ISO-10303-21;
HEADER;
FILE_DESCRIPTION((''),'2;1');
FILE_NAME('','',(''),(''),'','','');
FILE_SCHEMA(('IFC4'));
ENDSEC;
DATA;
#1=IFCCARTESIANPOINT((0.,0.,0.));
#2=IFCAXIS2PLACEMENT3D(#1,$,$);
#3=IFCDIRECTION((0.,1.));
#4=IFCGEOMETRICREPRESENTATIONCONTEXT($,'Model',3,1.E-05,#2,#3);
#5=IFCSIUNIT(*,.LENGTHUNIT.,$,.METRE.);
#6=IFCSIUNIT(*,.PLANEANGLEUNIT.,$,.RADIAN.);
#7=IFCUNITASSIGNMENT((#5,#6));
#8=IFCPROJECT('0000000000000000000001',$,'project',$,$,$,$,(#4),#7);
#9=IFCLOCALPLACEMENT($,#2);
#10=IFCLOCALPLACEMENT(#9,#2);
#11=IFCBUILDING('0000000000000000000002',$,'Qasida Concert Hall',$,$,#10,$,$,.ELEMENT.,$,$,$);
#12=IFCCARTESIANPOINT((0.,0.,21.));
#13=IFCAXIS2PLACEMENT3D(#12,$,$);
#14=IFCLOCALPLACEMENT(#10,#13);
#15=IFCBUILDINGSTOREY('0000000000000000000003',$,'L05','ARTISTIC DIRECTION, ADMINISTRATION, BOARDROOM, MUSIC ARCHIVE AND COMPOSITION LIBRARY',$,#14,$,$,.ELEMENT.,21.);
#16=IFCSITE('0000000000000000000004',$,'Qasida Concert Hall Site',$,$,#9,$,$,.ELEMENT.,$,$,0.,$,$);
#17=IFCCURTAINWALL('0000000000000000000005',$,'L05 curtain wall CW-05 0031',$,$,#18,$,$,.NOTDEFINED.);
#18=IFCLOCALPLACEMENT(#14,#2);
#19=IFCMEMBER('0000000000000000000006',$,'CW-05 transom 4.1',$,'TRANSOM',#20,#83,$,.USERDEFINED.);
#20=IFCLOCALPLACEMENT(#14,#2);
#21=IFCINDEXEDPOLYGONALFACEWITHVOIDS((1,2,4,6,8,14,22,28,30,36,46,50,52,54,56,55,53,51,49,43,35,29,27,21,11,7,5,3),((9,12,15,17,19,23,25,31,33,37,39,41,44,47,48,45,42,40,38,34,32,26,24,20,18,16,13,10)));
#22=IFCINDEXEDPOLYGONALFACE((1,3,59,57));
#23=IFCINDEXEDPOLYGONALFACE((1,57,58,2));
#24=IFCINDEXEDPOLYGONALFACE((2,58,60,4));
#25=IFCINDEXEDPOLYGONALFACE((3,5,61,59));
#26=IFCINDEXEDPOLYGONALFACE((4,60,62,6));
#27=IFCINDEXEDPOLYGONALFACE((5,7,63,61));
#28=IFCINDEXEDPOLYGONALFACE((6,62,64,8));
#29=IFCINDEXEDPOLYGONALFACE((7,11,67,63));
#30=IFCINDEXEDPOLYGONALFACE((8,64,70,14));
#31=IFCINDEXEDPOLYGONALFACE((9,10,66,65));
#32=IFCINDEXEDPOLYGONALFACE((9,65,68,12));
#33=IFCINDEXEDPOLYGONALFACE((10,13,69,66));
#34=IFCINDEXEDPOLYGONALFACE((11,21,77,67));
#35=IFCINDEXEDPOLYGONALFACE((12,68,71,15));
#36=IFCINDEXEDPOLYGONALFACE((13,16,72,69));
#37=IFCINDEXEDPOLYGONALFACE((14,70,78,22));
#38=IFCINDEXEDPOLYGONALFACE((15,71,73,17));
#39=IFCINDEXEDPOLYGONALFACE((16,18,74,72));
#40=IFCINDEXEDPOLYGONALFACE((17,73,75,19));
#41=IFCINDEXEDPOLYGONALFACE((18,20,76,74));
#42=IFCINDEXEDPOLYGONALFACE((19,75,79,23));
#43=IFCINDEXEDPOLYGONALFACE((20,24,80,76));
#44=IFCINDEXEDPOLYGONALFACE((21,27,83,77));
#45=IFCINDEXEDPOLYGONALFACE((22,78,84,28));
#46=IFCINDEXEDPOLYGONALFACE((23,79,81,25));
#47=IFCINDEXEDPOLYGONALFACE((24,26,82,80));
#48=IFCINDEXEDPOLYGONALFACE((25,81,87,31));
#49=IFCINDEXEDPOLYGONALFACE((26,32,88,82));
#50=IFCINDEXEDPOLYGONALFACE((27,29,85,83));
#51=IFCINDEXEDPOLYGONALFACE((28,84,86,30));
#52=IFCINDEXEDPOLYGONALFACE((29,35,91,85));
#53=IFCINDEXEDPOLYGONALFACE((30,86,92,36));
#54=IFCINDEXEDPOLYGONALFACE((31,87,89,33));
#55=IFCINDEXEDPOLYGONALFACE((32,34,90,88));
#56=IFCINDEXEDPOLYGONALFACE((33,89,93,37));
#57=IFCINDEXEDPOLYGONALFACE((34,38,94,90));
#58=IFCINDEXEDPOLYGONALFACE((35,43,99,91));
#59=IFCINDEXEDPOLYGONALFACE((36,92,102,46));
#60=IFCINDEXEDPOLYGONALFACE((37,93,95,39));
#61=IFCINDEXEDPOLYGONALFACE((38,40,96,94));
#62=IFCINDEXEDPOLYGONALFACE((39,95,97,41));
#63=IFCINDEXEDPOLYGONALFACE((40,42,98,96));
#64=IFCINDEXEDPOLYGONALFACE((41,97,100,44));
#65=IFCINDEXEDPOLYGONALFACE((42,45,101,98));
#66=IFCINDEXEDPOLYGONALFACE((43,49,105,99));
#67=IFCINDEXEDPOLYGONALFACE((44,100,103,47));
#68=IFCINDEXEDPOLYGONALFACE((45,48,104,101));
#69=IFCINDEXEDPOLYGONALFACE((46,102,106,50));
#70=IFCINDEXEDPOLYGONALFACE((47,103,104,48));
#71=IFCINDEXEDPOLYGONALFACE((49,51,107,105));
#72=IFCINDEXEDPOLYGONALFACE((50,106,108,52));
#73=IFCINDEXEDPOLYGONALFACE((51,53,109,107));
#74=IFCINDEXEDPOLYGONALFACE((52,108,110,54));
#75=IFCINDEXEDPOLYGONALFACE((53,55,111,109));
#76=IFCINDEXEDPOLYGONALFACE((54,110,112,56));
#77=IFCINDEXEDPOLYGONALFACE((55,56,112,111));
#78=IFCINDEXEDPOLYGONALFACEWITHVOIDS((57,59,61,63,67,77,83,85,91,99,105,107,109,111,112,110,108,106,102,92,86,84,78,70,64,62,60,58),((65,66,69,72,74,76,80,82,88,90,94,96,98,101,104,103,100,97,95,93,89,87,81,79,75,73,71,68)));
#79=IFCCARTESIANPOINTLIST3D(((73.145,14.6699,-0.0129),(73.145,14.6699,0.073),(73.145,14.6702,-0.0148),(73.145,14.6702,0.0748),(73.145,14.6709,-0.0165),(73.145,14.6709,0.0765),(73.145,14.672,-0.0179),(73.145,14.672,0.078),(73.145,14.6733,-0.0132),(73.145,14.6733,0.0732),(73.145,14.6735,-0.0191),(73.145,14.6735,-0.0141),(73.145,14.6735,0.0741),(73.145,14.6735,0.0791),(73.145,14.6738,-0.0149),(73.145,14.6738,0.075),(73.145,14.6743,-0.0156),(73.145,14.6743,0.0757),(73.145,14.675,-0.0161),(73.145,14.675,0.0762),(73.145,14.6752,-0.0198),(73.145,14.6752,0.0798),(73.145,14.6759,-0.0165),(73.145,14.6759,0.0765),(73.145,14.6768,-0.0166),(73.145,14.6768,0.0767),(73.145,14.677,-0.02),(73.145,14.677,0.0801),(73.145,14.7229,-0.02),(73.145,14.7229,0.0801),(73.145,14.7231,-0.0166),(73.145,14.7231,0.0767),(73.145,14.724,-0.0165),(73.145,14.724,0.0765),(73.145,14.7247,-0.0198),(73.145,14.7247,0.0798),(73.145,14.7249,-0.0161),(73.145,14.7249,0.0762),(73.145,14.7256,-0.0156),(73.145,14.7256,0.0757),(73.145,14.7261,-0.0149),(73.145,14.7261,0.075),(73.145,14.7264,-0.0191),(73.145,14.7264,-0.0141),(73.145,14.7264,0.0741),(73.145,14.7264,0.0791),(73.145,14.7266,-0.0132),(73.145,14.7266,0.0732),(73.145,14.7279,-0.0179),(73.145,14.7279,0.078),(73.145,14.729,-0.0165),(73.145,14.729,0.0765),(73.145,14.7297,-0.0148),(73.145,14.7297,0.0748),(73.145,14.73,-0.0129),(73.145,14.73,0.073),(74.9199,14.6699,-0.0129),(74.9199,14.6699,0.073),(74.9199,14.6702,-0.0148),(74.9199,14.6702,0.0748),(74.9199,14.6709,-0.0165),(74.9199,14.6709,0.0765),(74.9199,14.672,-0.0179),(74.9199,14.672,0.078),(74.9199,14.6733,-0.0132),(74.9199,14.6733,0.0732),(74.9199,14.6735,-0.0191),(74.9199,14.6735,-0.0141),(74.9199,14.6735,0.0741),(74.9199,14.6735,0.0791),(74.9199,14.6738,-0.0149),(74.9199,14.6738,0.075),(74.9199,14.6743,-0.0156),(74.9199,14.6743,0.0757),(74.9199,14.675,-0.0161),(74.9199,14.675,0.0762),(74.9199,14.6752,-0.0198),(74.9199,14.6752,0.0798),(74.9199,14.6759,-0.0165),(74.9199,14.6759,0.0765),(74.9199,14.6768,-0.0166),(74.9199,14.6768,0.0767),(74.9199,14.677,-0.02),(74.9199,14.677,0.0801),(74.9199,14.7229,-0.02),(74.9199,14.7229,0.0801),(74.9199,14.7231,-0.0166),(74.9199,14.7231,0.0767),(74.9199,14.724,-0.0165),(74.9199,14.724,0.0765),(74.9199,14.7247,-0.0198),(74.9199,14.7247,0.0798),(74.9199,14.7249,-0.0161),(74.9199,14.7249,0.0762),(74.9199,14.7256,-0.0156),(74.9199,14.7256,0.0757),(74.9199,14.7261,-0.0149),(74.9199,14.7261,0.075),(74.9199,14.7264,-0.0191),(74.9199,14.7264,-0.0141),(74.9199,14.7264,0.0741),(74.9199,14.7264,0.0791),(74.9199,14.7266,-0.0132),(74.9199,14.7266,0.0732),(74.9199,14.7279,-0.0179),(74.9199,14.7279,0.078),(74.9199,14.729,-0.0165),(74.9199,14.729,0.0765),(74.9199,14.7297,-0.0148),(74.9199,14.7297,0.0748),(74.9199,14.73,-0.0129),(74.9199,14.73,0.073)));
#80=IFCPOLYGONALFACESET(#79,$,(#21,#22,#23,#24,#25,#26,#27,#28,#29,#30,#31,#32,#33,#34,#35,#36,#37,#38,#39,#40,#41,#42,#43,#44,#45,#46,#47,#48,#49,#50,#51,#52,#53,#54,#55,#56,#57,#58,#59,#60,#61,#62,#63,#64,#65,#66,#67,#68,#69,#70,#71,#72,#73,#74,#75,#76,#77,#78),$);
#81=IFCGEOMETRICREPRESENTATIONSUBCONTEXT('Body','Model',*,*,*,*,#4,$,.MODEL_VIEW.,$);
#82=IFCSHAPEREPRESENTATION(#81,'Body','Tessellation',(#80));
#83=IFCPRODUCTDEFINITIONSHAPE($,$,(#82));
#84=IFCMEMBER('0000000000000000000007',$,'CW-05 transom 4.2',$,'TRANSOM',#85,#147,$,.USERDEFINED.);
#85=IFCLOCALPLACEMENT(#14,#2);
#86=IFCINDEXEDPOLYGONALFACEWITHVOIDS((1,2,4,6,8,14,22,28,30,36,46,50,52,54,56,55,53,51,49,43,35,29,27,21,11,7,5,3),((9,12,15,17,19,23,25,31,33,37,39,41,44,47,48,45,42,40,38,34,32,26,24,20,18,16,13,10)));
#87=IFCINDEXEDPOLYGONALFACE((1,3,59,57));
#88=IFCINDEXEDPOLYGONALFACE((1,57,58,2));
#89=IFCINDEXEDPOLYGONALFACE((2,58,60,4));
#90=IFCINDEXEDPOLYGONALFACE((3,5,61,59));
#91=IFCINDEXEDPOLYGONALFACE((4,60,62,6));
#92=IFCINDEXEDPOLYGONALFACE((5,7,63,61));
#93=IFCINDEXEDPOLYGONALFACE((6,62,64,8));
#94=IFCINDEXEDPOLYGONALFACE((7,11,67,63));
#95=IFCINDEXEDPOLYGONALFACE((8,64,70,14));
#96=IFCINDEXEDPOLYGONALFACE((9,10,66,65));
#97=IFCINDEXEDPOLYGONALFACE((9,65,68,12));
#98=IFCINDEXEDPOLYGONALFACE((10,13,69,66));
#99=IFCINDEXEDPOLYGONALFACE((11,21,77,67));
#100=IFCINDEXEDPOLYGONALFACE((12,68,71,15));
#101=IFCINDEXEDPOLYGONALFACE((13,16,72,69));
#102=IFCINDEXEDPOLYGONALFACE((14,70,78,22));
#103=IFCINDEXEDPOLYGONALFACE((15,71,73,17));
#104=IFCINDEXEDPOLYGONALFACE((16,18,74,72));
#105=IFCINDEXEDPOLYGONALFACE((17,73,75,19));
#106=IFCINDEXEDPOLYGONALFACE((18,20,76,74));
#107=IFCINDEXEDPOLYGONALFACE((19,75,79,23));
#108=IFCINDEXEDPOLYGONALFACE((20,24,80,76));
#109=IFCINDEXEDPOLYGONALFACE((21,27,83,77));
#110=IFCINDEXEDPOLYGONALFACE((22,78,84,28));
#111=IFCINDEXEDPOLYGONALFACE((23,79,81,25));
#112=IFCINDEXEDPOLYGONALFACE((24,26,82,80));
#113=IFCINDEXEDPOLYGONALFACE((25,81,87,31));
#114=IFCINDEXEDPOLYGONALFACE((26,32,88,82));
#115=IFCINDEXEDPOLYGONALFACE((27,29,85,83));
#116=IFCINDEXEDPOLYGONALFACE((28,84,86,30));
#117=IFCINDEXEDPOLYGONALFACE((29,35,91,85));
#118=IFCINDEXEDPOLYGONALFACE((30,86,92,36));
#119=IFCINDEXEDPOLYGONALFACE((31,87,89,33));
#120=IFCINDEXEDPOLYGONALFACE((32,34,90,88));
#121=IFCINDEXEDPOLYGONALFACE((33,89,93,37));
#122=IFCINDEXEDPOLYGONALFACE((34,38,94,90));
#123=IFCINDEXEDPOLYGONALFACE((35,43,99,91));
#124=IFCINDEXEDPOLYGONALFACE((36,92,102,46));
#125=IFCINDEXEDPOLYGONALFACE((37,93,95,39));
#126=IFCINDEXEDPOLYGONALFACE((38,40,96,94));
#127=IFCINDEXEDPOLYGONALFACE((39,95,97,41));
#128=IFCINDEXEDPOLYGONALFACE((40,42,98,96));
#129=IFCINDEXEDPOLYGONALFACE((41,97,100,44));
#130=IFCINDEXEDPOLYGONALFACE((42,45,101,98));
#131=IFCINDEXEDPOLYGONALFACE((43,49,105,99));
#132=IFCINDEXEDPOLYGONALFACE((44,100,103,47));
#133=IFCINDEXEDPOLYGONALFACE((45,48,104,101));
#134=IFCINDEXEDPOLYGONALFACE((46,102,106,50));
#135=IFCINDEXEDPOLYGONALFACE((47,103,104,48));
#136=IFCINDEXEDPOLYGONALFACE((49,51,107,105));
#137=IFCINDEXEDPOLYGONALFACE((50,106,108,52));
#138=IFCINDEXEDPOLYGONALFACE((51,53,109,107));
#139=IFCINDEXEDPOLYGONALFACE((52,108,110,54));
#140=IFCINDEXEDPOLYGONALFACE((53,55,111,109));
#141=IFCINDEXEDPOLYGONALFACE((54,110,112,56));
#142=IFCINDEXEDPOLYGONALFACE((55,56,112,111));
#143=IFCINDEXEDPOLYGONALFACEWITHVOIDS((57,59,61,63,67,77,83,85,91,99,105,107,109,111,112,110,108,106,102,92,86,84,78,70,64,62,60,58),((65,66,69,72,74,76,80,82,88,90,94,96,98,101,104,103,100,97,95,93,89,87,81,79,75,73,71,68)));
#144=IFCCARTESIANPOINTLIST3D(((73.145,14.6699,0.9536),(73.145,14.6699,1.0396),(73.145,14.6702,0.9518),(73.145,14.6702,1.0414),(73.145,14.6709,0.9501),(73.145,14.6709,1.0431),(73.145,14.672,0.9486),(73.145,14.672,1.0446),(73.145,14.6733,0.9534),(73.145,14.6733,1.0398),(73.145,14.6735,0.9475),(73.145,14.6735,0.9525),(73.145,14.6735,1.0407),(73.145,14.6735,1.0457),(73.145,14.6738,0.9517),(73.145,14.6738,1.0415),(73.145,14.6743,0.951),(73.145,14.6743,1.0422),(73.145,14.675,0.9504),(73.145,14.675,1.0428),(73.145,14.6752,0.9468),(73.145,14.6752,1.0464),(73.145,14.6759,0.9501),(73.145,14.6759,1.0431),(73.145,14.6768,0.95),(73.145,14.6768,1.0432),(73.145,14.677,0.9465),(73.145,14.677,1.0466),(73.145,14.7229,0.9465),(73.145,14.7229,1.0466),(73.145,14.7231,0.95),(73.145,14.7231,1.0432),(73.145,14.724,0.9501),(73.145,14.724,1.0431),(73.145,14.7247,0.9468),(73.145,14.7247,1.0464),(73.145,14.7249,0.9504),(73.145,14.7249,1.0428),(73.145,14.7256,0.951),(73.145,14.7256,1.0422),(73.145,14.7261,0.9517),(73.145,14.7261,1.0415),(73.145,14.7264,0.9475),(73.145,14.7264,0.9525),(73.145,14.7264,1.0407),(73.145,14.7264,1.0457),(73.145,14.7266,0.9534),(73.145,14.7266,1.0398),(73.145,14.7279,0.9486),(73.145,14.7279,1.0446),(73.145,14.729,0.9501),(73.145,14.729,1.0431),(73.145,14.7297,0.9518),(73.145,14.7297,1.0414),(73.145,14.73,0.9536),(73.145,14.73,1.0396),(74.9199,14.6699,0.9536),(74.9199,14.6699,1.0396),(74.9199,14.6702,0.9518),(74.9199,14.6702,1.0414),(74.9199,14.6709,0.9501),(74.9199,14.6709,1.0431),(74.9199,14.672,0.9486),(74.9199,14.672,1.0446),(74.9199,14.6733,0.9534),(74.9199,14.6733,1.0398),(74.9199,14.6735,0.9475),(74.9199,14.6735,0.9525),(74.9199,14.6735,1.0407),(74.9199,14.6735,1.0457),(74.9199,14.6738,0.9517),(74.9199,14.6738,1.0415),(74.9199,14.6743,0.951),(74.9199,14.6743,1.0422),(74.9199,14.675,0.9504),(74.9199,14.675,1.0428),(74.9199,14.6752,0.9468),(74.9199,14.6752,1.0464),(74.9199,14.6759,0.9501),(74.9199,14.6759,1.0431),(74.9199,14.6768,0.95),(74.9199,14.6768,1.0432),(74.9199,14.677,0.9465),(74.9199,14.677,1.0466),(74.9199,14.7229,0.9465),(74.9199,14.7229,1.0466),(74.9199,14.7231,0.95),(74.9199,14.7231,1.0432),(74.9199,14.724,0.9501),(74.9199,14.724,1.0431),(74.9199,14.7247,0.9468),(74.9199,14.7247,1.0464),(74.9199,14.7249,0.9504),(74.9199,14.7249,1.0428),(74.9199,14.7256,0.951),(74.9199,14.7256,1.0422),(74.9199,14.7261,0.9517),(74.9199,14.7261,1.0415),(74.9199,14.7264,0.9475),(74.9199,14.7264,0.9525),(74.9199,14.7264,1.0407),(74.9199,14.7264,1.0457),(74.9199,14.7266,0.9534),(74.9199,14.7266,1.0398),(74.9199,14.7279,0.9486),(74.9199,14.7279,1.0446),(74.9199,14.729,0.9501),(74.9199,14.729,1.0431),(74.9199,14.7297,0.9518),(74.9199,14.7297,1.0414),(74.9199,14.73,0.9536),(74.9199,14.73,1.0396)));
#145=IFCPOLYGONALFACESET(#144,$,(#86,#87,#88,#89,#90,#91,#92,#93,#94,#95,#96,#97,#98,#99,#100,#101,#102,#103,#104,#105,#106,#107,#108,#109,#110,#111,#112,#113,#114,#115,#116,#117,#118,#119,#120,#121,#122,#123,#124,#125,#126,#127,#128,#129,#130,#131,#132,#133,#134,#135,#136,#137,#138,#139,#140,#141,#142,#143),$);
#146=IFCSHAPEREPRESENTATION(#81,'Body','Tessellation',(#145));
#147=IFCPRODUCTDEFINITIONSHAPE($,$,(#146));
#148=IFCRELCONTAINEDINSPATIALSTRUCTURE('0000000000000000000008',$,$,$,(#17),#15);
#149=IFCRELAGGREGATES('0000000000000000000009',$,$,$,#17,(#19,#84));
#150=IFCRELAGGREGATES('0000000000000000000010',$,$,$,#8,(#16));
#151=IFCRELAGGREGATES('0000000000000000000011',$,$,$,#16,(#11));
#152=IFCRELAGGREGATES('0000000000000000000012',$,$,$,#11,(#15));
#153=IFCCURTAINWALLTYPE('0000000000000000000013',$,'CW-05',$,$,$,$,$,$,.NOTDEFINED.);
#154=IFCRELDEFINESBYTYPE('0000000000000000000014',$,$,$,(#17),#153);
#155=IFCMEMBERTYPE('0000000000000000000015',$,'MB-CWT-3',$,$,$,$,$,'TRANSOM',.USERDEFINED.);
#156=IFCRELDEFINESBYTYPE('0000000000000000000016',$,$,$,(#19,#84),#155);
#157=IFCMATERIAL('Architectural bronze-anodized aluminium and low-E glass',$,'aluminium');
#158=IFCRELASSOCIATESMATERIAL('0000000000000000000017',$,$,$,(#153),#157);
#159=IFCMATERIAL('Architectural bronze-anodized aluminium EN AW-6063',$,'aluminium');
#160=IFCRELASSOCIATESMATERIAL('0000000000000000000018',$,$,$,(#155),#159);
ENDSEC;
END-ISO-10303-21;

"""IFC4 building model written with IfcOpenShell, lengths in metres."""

from ifc_helpers import new_model, si_unit, direction, frame, origin, origin_2d, place, context, subcontext, project, spatial, hollow_rectangle, extrude, material, material_profile, profile_set, type_object, element, aggregate, save


model = new_model("IFC4")

# Units and contexts
model_context = context("Model", 3, precision=1e-05, world=origin(), true_north=direction((0.0, 1.0)))
body_context = subcontext(model_context, "Body", "Model", "MODEL_VIEW")
ifc_project = project(units=[si_unit("LENGTHUNIT", "METRE"), si_unit("PLANEANGLEUNIT", "RADIAN")], contexts=[model_context])

# Site, building, storey
site_placement = place(None, origin())
site = spatial("IfcSite", under=ifc_project, at=site_placement, Name="Qasida Concert Hall Site", CompositionType="ELEMENT", RefElevation=0.0)
building_placement = place(site_placement, origin())
building = spatial("IfcBuilding", under=site, at=building_placement, Name="Qasida Concert Hall", CompositionType="ELEMENT")
storey_placement = place(building_placement, frame((0.0, 0.0, 21.0)))
storey = spatial("IfcBuildingStorey", under=building, at=storey_placement, Name="L05", Description="ARTISTIC DIRECTION, ADMINISTRATION, BOARDROOM, MUSIC ARCHIVE AND COMPOSITION LIBRARY", CompositionType="ELEMENT", Elevation=21.0)

# Curtain wall
ifc_material_1 = material(Name="Architectural bronze-anodized aluminium and low-E glass", Category="aluminium")
curtain_wall_type = type_object("IfcCurtainWallType", Name="CW-05", PredefinedType="NOTDEFINED", material=ifc_material_1)
curtain_wall_1_placement = place(storey_placement, origin())
curtain_wall_1 = element("IfcCurtainWall", 1, at=curtain_wall_1_placement, inside=storey, type_object=curtain_wall_type, Name="L05 curtain wall CW-05 0031", PredefinedType="NOTDEFINED")
ifc_material_2 = material(Name="Architectural bronze-anodized aluminium EN AW-6063", Category="aluminium")

# Members
ifc_material_profile_1 = material_profile(ifc_material_2, hollow_rectangle(XDim=0.0601, YDim=0.1001, WallThickness=0.0034, InnerFilletRadius=0.0034, OuterFilletRadius=0.0071, at=origin_2d()), Name="CWT 100x60x3.5")
ifc_profile_set_1 = profile_set([ifc_material_profile_1], Name="Architectural bronze-anodized aluminium EN AW-6063")
member_type_1 = type_object("IfcMemberType", Name="MB-CWT-3", ElementType="TRANSOM", PredefinedType="USERDEFINED", material=ifc_profile_set_1)
member_1_placement = place(storey_placement, frame((73.145, 14.7, 0.03), z_axis=(1.0, 0.0, 0.0), x_axis=(0.0, 1.0, 0.0)))
member_1 = element("IfcMember", 2, at=member_1_placement, type_object=member_type_1, Name="CW-05 transom 4.1", ObjectType="TRANSOM", PredefinedType="USERDEFINED", context=body_context, shape_type="SweptSolid", body=[
    extrude(hollow_rectangle(XDim=0.0601, YDim=0.1001, WallThickness=0.0034, InnerFilletRadius=0.0034, OuterFilletRadius=0.0071, at=origin_2d()), origin(), (0.0, 0.0, 1.0), 1.7749),
])
member_2_placement = place(storey_placement, frame((73.145, 14.7, 0.9966), z_axis=(1.0, 0.0, 0.0), x_axis=(0.0, 1.0, 0.0)))
member_2 = element("IfcMember", 3, at=member_2_placement, type_object=member_type_1, Name="CW-05 transom 4.2", ObjectType="TRANSOM", PredefinedType="USERDEFINED", context=body_context, shape_type="SweptSolid", body=[
    extrude(hollow_rectangle(XDim=0.0601, YDim=0.1001, WallThickness=0.0034, InnerFilletRadius=0.0034, OuterFilletRadius=0.0071, at=origin_2d()), origin(), (0.0, 0.0, 1.0), 1.7749),
])

aggregate(curtain_wall_1, [member_1, member_2])

save(model, "model.ifc")
